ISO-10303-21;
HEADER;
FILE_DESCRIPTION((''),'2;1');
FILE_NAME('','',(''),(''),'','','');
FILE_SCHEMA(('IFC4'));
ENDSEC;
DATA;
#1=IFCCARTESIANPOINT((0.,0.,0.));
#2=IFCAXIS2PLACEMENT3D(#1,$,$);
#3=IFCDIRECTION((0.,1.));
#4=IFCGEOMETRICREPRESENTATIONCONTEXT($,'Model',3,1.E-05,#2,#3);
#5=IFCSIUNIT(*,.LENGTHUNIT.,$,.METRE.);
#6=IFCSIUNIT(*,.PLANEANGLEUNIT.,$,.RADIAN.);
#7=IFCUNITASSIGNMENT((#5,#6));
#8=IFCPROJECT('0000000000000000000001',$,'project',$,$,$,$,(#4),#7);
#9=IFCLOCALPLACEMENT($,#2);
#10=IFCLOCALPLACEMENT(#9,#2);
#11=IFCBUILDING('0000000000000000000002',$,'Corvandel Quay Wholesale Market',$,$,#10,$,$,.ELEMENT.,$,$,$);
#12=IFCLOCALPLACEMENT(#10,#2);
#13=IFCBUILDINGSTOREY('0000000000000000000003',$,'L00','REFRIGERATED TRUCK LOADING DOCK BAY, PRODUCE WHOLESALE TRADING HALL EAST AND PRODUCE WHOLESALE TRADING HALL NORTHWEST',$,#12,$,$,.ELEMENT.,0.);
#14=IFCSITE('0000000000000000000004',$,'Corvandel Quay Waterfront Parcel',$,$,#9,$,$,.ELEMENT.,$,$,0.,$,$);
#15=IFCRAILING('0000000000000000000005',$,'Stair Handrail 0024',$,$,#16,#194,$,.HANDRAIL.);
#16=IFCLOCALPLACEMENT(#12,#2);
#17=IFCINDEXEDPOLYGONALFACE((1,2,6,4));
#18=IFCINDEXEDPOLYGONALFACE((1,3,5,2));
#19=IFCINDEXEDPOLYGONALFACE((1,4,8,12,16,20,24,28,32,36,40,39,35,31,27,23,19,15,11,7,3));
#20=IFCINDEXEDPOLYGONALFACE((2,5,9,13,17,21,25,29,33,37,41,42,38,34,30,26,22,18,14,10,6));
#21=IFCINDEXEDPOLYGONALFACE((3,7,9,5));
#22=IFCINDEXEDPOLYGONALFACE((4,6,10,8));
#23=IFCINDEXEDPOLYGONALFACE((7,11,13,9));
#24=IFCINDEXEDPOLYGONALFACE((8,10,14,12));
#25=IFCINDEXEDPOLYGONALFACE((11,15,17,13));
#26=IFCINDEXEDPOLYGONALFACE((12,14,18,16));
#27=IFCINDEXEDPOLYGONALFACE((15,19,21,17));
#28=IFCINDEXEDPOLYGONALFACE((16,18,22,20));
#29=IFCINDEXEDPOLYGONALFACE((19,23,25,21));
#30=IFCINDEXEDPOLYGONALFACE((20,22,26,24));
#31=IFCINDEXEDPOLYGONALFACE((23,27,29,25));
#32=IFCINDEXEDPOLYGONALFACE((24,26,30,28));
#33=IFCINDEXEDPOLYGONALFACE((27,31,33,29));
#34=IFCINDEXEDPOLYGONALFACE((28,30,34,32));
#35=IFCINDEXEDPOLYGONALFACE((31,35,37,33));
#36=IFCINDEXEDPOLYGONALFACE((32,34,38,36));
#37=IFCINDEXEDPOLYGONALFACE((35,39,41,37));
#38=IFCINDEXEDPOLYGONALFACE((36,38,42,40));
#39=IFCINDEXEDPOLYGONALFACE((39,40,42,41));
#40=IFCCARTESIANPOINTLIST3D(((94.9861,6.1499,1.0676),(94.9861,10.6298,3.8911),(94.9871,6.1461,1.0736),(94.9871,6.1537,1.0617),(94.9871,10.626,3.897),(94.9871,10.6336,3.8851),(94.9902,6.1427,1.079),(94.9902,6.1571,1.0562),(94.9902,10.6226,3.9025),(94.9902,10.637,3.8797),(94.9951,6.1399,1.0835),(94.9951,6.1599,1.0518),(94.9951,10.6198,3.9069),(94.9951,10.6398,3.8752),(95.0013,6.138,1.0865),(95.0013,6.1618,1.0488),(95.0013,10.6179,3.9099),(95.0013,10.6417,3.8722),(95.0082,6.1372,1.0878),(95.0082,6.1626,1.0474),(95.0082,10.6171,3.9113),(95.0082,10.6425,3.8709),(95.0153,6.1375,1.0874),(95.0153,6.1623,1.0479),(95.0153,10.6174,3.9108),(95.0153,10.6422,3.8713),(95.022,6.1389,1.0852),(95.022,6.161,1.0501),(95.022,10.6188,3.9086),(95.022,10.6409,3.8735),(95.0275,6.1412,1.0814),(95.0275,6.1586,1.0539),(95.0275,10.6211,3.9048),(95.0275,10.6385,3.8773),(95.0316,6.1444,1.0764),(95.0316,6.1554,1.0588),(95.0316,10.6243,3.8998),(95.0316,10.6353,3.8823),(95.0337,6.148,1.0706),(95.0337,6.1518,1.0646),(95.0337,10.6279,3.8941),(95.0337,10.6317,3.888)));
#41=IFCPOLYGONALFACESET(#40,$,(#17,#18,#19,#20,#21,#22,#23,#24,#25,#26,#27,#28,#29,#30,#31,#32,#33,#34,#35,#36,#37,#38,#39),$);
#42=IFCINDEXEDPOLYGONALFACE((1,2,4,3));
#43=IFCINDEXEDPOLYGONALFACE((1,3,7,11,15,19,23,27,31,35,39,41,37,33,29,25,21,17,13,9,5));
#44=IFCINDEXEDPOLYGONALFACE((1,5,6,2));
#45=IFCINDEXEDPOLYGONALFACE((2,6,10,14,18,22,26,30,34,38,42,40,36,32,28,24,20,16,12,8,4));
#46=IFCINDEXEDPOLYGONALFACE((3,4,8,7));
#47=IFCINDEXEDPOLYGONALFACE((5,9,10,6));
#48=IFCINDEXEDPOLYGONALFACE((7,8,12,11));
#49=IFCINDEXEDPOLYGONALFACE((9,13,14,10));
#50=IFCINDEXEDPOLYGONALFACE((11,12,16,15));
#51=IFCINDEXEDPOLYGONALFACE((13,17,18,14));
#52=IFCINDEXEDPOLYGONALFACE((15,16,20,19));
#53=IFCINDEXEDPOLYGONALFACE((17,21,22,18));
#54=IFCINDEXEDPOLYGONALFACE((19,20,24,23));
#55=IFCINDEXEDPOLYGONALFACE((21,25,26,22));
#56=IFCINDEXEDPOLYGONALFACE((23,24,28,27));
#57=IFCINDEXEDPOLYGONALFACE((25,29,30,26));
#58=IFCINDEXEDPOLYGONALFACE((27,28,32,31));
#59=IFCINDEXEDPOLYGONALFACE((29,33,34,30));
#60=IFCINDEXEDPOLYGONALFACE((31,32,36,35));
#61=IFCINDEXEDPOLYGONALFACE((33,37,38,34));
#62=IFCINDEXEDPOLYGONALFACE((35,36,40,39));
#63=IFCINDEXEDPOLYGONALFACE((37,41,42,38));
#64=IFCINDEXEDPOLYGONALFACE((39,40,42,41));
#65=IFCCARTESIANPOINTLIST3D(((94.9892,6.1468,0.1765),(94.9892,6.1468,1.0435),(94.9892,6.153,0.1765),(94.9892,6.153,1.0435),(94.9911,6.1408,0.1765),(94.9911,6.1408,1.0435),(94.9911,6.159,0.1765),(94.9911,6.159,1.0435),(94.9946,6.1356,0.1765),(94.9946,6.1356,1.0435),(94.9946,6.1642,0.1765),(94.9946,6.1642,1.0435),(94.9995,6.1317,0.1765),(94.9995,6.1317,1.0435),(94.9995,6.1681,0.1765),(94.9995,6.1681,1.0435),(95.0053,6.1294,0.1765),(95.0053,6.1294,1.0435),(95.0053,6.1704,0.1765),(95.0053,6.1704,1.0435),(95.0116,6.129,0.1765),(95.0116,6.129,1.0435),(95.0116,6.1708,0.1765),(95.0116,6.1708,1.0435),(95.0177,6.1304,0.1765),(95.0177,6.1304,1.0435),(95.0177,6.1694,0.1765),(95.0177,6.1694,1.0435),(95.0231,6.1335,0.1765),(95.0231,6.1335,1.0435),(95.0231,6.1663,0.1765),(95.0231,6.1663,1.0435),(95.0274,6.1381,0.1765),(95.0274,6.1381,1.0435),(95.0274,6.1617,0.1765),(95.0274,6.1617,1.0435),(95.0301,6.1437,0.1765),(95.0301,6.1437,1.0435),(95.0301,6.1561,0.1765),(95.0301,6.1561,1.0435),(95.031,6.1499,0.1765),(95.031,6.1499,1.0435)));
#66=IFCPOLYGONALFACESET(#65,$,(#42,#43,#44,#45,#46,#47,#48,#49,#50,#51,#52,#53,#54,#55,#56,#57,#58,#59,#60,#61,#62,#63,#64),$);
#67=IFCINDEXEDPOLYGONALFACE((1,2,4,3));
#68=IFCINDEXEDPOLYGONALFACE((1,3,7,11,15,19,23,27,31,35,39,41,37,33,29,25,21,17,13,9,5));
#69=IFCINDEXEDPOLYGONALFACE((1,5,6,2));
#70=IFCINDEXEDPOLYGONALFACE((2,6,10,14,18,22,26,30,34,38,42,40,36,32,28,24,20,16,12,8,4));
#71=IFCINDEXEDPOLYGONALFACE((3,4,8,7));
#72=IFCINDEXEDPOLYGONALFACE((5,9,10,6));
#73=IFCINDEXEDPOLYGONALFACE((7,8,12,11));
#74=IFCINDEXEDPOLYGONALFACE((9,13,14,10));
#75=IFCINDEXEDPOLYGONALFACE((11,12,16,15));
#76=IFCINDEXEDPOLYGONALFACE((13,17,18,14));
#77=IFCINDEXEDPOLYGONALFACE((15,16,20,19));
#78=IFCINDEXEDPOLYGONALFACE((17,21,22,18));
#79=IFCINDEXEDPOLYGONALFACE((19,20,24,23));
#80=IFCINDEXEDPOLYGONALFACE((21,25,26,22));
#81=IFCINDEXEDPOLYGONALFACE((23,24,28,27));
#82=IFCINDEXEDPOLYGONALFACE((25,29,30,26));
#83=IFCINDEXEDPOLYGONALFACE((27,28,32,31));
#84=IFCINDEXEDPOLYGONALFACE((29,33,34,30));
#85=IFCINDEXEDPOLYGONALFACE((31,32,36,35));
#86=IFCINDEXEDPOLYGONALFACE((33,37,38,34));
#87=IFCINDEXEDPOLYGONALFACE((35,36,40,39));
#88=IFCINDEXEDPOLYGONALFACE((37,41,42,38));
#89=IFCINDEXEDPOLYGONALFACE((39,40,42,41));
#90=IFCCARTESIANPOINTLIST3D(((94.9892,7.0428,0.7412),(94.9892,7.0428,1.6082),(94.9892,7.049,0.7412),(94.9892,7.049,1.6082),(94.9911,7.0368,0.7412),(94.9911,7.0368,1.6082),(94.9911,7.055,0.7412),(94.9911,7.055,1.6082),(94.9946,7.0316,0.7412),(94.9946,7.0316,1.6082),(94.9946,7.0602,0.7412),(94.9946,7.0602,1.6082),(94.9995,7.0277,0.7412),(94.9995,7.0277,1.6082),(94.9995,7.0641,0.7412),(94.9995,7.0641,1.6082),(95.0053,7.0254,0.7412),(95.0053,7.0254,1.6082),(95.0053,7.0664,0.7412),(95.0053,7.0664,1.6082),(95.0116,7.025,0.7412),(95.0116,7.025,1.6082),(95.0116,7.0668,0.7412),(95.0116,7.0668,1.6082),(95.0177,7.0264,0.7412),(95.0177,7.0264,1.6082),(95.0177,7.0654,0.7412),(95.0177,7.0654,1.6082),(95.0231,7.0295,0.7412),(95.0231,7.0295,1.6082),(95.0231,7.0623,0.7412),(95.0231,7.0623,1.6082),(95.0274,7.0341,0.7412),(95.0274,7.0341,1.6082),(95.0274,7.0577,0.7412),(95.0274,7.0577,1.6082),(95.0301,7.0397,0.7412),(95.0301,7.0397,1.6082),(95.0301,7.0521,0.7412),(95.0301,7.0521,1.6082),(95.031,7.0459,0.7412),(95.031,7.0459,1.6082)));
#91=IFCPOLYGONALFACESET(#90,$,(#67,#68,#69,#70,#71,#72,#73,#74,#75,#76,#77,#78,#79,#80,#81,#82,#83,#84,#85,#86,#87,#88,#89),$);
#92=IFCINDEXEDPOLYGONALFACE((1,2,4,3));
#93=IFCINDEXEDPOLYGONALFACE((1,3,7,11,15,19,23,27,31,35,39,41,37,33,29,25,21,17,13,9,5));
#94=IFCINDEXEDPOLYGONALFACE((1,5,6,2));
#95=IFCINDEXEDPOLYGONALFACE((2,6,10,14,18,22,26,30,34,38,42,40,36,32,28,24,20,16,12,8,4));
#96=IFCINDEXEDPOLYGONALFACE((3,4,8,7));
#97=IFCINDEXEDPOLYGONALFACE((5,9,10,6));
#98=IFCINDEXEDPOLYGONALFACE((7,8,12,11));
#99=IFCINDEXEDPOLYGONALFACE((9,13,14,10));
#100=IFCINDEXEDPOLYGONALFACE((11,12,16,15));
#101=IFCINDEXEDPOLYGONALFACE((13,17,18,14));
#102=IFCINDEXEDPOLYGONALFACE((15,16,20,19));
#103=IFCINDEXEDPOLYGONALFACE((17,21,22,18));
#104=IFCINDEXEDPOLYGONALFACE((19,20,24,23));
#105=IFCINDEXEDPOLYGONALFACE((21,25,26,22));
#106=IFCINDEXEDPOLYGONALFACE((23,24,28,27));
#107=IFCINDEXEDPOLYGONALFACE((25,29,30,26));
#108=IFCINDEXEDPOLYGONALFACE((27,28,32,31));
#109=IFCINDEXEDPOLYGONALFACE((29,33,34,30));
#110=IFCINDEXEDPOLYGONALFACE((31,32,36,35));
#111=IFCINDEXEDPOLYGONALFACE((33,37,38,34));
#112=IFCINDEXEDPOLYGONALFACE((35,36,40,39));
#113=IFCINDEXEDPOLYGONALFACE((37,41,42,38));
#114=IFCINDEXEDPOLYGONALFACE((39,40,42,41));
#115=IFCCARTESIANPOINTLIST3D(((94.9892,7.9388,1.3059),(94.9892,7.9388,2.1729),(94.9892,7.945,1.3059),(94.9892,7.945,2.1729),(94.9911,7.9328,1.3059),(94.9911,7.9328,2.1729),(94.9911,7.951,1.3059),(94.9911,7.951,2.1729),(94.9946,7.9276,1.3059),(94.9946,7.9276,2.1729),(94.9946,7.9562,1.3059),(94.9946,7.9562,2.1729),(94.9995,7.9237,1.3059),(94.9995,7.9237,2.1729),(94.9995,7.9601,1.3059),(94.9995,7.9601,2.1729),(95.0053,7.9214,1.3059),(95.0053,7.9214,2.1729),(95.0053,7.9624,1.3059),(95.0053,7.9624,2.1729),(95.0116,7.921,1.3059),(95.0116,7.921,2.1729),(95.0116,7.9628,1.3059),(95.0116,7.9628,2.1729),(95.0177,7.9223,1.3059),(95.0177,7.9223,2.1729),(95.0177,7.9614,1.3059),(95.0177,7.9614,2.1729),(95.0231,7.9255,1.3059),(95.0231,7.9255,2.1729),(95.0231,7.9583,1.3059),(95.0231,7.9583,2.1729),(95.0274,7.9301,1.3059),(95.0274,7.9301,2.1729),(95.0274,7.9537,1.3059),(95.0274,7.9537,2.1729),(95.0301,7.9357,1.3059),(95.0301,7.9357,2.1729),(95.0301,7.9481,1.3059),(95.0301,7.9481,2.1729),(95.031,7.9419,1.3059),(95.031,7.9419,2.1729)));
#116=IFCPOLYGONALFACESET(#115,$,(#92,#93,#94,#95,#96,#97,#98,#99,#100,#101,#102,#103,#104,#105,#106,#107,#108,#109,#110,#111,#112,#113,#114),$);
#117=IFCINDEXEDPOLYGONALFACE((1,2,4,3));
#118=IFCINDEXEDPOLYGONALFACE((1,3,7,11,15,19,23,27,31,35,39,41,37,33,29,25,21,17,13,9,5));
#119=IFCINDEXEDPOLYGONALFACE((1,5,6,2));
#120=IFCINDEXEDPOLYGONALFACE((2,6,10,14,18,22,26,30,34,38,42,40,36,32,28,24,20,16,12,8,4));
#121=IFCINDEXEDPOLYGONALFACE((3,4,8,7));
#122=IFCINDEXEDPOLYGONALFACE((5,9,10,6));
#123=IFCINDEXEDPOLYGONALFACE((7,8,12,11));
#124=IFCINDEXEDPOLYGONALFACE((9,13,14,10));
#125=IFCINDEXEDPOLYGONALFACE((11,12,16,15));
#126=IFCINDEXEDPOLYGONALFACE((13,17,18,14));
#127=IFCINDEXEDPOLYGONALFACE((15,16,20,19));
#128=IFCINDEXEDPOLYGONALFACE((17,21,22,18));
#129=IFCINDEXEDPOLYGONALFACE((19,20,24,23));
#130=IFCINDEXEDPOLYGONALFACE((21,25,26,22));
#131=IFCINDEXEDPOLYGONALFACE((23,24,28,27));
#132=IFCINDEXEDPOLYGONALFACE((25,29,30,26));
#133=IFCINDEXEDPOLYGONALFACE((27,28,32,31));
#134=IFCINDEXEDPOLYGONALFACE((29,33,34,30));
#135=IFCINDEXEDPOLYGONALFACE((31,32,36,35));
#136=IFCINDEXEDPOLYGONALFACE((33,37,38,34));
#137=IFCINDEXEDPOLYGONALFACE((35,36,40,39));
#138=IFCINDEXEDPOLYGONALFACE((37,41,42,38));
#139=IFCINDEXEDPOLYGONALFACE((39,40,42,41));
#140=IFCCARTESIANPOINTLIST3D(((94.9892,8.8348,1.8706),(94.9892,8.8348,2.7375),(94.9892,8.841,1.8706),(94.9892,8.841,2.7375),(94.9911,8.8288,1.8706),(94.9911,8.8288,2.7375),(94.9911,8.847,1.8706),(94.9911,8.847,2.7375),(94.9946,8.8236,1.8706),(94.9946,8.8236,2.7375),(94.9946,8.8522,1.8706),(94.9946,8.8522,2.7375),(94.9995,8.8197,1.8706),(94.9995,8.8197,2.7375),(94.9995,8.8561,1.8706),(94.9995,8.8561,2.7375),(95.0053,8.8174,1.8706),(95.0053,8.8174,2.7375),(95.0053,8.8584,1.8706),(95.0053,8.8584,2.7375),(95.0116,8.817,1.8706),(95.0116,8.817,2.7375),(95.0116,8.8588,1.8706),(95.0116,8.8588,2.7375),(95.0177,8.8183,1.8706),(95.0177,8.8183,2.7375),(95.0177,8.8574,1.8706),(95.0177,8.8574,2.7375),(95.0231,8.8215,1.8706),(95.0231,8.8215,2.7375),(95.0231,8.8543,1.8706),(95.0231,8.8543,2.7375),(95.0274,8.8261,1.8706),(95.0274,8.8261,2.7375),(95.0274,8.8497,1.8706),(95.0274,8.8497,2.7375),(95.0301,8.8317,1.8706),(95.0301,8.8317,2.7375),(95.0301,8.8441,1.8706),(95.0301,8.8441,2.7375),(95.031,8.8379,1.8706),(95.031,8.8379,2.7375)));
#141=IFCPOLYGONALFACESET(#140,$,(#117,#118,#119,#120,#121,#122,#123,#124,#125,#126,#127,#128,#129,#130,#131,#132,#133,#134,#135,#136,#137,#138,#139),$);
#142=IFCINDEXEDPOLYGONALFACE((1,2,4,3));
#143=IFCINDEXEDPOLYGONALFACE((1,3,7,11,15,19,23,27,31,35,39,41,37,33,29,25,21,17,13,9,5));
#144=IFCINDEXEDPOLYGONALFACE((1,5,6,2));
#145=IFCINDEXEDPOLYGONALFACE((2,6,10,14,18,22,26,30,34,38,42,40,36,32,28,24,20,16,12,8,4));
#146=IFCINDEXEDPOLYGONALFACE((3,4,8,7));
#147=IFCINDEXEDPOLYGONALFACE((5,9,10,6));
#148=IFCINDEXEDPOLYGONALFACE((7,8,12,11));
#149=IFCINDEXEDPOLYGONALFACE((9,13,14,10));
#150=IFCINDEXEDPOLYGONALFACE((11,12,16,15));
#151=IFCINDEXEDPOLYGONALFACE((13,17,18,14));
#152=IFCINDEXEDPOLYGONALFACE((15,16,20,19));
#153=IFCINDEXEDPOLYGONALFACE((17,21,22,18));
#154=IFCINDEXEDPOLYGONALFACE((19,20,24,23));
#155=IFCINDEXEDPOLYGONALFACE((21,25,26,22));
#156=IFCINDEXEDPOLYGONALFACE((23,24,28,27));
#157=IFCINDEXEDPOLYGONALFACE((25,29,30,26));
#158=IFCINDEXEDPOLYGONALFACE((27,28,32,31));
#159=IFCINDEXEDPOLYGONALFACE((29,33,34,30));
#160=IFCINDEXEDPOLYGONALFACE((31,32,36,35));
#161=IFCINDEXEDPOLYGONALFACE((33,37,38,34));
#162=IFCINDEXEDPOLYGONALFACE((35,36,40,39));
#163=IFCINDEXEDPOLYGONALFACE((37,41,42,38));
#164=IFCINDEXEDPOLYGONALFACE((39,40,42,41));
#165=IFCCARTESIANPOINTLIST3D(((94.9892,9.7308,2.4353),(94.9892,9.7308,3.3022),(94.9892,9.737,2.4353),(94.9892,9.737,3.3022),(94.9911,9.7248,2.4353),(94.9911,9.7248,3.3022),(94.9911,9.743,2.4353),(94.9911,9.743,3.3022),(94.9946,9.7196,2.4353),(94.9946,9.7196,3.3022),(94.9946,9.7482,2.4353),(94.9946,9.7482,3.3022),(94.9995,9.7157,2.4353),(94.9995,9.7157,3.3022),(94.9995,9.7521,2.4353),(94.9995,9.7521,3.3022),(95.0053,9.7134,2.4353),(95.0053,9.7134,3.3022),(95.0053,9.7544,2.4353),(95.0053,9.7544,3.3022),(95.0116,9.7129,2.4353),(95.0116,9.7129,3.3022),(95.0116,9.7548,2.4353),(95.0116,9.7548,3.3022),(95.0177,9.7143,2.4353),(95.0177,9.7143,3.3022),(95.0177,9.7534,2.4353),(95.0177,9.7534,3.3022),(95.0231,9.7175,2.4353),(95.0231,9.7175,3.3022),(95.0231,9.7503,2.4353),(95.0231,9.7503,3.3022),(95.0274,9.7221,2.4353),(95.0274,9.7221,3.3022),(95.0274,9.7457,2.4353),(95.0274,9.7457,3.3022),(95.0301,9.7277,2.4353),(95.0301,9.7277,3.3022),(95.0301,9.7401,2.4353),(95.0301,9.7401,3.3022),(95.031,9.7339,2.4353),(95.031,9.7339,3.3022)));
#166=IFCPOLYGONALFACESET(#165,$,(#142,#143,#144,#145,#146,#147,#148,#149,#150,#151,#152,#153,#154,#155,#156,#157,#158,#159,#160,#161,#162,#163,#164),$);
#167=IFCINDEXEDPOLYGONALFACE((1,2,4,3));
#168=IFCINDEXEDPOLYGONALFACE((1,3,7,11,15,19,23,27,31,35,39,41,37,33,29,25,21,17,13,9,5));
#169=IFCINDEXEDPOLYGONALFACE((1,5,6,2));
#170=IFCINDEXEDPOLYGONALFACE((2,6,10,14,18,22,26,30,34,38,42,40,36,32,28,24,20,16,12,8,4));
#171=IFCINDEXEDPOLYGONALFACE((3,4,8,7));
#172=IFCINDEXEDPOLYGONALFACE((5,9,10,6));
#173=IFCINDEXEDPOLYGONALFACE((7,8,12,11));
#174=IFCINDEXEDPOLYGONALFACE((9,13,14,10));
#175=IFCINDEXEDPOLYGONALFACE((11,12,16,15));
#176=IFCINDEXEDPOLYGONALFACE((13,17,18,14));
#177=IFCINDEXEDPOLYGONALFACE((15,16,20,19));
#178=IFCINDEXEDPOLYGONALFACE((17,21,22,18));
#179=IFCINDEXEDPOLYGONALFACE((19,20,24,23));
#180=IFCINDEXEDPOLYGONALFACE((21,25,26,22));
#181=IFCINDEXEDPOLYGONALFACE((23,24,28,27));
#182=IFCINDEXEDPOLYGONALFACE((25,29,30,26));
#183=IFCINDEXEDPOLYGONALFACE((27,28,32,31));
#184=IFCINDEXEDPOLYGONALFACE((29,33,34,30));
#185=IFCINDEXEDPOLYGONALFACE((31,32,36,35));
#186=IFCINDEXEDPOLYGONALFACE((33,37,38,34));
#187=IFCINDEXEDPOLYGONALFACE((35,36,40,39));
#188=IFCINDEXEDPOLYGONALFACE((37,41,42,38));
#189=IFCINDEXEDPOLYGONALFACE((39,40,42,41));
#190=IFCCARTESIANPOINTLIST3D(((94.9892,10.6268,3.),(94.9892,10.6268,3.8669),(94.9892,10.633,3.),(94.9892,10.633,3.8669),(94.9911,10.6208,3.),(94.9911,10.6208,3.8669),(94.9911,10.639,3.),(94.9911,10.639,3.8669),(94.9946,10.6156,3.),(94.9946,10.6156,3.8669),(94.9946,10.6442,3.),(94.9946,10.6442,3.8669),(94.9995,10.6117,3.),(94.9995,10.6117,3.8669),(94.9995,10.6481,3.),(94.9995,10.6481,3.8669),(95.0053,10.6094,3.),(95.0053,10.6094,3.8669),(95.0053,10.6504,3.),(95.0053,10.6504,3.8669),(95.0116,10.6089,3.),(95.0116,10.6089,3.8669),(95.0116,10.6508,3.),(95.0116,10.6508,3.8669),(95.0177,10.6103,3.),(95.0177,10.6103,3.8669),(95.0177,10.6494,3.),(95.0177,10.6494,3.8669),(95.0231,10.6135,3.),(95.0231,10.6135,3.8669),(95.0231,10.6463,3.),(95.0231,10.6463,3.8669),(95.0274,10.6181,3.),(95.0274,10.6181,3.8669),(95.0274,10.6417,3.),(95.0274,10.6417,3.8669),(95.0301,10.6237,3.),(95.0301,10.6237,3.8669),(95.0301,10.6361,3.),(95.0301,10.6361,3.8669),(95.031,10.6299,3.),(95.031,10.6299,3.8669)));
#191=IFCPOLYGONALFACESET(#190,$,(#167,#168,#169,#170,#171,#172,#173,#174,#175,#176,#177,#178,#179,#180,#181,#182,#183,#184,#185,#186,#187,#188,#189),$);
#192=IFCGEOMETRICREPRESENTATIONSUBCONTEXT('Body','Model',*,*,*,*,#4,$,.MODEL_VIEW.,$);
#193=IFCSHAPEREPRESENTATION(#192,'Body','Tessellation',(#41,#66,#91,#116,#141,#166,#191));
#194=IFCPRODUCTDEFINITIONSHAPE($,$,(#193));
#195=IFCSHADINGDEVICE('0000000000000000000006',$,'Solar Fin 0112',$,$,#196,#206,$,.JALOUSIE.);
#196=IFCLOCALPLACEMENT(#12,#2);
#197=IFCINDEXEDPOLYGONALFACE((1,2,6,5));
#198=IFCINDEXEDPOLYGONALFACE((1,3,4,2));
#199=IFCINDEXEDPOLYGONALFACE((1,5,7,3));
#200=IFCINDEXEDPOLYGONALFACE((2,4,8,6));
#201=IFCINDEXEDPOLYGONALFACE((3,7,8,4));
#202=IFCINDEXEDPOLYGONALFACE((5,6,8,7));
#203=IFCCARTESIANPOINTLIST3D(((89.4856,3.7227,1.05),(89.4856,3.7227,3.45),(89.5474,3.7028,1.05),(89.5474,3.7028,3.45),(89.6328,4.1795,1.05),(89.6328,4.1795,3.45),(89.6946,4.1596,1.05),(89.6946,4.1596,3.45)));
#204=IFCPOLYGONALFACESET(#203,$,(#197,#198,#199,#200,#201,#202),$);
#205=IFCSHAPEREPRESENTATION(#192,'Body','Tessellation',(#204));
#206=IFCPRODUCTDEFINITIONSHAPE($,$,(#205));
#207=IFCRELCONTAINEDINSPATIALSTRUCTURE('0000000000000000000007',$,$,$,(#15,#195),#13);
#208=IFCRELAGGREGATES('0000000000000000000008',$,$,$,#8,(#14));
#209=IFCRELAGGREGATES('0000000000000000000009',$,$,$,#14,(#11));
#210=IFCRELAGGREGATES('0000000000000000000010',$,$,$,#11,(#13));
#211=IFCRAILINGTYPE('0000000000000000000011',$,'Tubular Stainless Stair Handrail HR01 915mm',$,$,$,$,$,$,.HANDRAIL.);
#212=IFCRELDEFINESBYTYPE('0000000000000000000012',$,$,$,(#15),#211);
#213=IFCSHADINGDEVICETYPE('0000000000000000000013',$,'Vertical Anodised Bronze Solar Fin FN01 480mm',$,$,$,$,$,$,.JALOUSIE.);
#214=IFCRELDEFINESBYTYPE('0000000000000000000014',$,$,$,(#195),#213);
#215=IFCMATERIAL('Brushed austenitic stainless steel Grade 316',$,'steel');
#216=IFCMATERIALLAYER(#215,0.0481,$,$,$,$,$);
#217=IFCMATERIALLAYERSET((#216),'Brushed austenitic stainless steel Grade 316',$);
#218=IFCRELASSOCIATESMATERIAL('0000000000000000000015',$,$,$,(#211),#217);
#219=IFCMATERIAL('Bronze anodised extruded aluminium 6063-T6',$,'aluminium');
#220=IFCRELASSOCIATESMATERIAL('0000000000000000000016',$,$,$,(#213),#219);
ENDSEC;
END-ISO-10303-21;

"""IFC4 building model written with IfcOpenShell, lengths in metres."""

from ifc_helpers import new_model, si_unit, direction, frame, origin, origin_2d, place, context, subcontext, project, spatial, rectangle, circle, extrude, material, layer, layer_set, type_object, element, save


model = new_model("IFC4")

# Units and contexts
model_context = context("Model", 3, precision=1e-05, world=origin(), true_north=direction((0.0, 1.0)))
body_context = subcontext(model_context, "Body", "Model", "MODEL_VIEW")
ifc_project = project(units=[si_unit("LENGTHUNIT", "METRE"), si_unit("PLANEANGLEUNIT", "RADIAN")], contexts=[model_context])

# Site, building, storey
site_placement = place(None, origin())
site = spatial("IfcSite", under=ifc_project, at=site_placement, Name="Corvandel Quay Waterfront Parcel", CompositionType="ELEMENT", RefElevation=0.0)
building_placement = place(site_placement, origin())
building = spatial("IfcBuilding", under=site, at=building_placement, Name="Corvandel Quay Wholesale Market", CompositionType="ELEMENT")
storey_placement = place(building_placement, origin())
storey = spatial("IfcBuildingStorey", under=building, at=storey_placement, Name="L00", Description="REFRIGERATED TRUCK LOADING DOCK BAY, PRODUCE WHOLESALE TRADING HALL EAST AND PRODUCE WHOLESALE TRADING HALL NORTHWEST", CompositionType="ELEMENT", Elevation=0.0)

# Railing
ifc_material_1 = material(Name="Brushed austenitic stainless steel Grade 316", Category="steel")
ifc_layer_1 = layer(ifc_material_1, 0.0481)
ifc_layer_set_1 = layer_set([ifc_layer_1], Name="Brushed austenitic stainless steel Grade 316")
railing_type = type_object("IfcRailingType", Name="Tubular Stainless Stair Handrail HR01 915mm", PredefinedType="HANDRAIL", material=ifc_layer_set_1)
railing_placement = place(storey_placement, frame((95.01, 6.1499, 0.1765)))
element("IfcRailing", 1, at=railing_placement, inside=storey, type_object=railing_type, Name="Stair Handrail 0024", PredefinedType="HANDRAIL", context=body_context, shape_type="SweptSolid", body=[
    extrude(circle(Radius=0.0239, at=origin_2d()), frame((0.0, 0.0, 0.8911), z_axis=(0.0, 0.845998, 0.533186), x_axis=(-1.0, 0.0, 0.0)), (0.0, 0.0, 1.0), 5.2954),
    extrude(circle(Radius=0.021, at=origin_2d()), origin(), (0.0, 0.0, 1.0), 0.8669),
    extrude(circle(Radius=0.021, at=origin_2d()), frame((0.0, 0.896, 0.5647)), (0.0, 0.0, 1.0), 0.8669),
    extrude(circle(Radius=0.021, at=origin_2d()), frame((0.0, 1.792, 1.1294)), (0.0, 0.0, 1.0), 0.8669),
    extrude(circle(Radius=0.021, at=origin_2d()), frame((0.0, 2.688, 1.6941)), (0.0, 0.0, 1.0), 0.8669),
    extrude(circle(Radius=0.021, at=origin_2d()), frame((0.0, 3.584, 2.2588)), (0.0, 0.0, 1.0), 0.8669),
    extrude(circle(Radius=0.021, at=origin_2d()), frame((0.0, 4.48, 2.8235)), (0.0, 0.0, 1.0), 0.8669),
])

# Shading device
ifc_material_2 = material(Name="Bronze anodised extruded aluminium 6063-T6", Category="aluminium")
shading_device_type = type_object("IfcShadingDeviceType", Name="Vertical Anodised Bronze Solar Fin FN01 480mm", PredefinedType="JALOUSIE", material=ifc_material_2)
for number, where, z_axis, x_axis, name in (
    (2, (89.5901, 3.9412, 1.05), (0.0, 0.0, 1.0), (0.306692, 0.951809, 0.0), "Solar Fin 0112"),
):
    element("IfcShadingDevice", number, at=place(storey_placement, frame(where, z_axis=z_axis, x_axis=x_axis)), inside=storey, type_object=shading_device_type, Name=name, PredefinedType="JALOUSIE", context=body_context, shape_type="SweptSolid", body=[
        extrude(rectangle(XDim=0.48, YDim=0.0649, at=origin_2d()), origin(), (0.0, 0.0, 1.0), 2.3999),
    ])

save(model, "model.ifc")
